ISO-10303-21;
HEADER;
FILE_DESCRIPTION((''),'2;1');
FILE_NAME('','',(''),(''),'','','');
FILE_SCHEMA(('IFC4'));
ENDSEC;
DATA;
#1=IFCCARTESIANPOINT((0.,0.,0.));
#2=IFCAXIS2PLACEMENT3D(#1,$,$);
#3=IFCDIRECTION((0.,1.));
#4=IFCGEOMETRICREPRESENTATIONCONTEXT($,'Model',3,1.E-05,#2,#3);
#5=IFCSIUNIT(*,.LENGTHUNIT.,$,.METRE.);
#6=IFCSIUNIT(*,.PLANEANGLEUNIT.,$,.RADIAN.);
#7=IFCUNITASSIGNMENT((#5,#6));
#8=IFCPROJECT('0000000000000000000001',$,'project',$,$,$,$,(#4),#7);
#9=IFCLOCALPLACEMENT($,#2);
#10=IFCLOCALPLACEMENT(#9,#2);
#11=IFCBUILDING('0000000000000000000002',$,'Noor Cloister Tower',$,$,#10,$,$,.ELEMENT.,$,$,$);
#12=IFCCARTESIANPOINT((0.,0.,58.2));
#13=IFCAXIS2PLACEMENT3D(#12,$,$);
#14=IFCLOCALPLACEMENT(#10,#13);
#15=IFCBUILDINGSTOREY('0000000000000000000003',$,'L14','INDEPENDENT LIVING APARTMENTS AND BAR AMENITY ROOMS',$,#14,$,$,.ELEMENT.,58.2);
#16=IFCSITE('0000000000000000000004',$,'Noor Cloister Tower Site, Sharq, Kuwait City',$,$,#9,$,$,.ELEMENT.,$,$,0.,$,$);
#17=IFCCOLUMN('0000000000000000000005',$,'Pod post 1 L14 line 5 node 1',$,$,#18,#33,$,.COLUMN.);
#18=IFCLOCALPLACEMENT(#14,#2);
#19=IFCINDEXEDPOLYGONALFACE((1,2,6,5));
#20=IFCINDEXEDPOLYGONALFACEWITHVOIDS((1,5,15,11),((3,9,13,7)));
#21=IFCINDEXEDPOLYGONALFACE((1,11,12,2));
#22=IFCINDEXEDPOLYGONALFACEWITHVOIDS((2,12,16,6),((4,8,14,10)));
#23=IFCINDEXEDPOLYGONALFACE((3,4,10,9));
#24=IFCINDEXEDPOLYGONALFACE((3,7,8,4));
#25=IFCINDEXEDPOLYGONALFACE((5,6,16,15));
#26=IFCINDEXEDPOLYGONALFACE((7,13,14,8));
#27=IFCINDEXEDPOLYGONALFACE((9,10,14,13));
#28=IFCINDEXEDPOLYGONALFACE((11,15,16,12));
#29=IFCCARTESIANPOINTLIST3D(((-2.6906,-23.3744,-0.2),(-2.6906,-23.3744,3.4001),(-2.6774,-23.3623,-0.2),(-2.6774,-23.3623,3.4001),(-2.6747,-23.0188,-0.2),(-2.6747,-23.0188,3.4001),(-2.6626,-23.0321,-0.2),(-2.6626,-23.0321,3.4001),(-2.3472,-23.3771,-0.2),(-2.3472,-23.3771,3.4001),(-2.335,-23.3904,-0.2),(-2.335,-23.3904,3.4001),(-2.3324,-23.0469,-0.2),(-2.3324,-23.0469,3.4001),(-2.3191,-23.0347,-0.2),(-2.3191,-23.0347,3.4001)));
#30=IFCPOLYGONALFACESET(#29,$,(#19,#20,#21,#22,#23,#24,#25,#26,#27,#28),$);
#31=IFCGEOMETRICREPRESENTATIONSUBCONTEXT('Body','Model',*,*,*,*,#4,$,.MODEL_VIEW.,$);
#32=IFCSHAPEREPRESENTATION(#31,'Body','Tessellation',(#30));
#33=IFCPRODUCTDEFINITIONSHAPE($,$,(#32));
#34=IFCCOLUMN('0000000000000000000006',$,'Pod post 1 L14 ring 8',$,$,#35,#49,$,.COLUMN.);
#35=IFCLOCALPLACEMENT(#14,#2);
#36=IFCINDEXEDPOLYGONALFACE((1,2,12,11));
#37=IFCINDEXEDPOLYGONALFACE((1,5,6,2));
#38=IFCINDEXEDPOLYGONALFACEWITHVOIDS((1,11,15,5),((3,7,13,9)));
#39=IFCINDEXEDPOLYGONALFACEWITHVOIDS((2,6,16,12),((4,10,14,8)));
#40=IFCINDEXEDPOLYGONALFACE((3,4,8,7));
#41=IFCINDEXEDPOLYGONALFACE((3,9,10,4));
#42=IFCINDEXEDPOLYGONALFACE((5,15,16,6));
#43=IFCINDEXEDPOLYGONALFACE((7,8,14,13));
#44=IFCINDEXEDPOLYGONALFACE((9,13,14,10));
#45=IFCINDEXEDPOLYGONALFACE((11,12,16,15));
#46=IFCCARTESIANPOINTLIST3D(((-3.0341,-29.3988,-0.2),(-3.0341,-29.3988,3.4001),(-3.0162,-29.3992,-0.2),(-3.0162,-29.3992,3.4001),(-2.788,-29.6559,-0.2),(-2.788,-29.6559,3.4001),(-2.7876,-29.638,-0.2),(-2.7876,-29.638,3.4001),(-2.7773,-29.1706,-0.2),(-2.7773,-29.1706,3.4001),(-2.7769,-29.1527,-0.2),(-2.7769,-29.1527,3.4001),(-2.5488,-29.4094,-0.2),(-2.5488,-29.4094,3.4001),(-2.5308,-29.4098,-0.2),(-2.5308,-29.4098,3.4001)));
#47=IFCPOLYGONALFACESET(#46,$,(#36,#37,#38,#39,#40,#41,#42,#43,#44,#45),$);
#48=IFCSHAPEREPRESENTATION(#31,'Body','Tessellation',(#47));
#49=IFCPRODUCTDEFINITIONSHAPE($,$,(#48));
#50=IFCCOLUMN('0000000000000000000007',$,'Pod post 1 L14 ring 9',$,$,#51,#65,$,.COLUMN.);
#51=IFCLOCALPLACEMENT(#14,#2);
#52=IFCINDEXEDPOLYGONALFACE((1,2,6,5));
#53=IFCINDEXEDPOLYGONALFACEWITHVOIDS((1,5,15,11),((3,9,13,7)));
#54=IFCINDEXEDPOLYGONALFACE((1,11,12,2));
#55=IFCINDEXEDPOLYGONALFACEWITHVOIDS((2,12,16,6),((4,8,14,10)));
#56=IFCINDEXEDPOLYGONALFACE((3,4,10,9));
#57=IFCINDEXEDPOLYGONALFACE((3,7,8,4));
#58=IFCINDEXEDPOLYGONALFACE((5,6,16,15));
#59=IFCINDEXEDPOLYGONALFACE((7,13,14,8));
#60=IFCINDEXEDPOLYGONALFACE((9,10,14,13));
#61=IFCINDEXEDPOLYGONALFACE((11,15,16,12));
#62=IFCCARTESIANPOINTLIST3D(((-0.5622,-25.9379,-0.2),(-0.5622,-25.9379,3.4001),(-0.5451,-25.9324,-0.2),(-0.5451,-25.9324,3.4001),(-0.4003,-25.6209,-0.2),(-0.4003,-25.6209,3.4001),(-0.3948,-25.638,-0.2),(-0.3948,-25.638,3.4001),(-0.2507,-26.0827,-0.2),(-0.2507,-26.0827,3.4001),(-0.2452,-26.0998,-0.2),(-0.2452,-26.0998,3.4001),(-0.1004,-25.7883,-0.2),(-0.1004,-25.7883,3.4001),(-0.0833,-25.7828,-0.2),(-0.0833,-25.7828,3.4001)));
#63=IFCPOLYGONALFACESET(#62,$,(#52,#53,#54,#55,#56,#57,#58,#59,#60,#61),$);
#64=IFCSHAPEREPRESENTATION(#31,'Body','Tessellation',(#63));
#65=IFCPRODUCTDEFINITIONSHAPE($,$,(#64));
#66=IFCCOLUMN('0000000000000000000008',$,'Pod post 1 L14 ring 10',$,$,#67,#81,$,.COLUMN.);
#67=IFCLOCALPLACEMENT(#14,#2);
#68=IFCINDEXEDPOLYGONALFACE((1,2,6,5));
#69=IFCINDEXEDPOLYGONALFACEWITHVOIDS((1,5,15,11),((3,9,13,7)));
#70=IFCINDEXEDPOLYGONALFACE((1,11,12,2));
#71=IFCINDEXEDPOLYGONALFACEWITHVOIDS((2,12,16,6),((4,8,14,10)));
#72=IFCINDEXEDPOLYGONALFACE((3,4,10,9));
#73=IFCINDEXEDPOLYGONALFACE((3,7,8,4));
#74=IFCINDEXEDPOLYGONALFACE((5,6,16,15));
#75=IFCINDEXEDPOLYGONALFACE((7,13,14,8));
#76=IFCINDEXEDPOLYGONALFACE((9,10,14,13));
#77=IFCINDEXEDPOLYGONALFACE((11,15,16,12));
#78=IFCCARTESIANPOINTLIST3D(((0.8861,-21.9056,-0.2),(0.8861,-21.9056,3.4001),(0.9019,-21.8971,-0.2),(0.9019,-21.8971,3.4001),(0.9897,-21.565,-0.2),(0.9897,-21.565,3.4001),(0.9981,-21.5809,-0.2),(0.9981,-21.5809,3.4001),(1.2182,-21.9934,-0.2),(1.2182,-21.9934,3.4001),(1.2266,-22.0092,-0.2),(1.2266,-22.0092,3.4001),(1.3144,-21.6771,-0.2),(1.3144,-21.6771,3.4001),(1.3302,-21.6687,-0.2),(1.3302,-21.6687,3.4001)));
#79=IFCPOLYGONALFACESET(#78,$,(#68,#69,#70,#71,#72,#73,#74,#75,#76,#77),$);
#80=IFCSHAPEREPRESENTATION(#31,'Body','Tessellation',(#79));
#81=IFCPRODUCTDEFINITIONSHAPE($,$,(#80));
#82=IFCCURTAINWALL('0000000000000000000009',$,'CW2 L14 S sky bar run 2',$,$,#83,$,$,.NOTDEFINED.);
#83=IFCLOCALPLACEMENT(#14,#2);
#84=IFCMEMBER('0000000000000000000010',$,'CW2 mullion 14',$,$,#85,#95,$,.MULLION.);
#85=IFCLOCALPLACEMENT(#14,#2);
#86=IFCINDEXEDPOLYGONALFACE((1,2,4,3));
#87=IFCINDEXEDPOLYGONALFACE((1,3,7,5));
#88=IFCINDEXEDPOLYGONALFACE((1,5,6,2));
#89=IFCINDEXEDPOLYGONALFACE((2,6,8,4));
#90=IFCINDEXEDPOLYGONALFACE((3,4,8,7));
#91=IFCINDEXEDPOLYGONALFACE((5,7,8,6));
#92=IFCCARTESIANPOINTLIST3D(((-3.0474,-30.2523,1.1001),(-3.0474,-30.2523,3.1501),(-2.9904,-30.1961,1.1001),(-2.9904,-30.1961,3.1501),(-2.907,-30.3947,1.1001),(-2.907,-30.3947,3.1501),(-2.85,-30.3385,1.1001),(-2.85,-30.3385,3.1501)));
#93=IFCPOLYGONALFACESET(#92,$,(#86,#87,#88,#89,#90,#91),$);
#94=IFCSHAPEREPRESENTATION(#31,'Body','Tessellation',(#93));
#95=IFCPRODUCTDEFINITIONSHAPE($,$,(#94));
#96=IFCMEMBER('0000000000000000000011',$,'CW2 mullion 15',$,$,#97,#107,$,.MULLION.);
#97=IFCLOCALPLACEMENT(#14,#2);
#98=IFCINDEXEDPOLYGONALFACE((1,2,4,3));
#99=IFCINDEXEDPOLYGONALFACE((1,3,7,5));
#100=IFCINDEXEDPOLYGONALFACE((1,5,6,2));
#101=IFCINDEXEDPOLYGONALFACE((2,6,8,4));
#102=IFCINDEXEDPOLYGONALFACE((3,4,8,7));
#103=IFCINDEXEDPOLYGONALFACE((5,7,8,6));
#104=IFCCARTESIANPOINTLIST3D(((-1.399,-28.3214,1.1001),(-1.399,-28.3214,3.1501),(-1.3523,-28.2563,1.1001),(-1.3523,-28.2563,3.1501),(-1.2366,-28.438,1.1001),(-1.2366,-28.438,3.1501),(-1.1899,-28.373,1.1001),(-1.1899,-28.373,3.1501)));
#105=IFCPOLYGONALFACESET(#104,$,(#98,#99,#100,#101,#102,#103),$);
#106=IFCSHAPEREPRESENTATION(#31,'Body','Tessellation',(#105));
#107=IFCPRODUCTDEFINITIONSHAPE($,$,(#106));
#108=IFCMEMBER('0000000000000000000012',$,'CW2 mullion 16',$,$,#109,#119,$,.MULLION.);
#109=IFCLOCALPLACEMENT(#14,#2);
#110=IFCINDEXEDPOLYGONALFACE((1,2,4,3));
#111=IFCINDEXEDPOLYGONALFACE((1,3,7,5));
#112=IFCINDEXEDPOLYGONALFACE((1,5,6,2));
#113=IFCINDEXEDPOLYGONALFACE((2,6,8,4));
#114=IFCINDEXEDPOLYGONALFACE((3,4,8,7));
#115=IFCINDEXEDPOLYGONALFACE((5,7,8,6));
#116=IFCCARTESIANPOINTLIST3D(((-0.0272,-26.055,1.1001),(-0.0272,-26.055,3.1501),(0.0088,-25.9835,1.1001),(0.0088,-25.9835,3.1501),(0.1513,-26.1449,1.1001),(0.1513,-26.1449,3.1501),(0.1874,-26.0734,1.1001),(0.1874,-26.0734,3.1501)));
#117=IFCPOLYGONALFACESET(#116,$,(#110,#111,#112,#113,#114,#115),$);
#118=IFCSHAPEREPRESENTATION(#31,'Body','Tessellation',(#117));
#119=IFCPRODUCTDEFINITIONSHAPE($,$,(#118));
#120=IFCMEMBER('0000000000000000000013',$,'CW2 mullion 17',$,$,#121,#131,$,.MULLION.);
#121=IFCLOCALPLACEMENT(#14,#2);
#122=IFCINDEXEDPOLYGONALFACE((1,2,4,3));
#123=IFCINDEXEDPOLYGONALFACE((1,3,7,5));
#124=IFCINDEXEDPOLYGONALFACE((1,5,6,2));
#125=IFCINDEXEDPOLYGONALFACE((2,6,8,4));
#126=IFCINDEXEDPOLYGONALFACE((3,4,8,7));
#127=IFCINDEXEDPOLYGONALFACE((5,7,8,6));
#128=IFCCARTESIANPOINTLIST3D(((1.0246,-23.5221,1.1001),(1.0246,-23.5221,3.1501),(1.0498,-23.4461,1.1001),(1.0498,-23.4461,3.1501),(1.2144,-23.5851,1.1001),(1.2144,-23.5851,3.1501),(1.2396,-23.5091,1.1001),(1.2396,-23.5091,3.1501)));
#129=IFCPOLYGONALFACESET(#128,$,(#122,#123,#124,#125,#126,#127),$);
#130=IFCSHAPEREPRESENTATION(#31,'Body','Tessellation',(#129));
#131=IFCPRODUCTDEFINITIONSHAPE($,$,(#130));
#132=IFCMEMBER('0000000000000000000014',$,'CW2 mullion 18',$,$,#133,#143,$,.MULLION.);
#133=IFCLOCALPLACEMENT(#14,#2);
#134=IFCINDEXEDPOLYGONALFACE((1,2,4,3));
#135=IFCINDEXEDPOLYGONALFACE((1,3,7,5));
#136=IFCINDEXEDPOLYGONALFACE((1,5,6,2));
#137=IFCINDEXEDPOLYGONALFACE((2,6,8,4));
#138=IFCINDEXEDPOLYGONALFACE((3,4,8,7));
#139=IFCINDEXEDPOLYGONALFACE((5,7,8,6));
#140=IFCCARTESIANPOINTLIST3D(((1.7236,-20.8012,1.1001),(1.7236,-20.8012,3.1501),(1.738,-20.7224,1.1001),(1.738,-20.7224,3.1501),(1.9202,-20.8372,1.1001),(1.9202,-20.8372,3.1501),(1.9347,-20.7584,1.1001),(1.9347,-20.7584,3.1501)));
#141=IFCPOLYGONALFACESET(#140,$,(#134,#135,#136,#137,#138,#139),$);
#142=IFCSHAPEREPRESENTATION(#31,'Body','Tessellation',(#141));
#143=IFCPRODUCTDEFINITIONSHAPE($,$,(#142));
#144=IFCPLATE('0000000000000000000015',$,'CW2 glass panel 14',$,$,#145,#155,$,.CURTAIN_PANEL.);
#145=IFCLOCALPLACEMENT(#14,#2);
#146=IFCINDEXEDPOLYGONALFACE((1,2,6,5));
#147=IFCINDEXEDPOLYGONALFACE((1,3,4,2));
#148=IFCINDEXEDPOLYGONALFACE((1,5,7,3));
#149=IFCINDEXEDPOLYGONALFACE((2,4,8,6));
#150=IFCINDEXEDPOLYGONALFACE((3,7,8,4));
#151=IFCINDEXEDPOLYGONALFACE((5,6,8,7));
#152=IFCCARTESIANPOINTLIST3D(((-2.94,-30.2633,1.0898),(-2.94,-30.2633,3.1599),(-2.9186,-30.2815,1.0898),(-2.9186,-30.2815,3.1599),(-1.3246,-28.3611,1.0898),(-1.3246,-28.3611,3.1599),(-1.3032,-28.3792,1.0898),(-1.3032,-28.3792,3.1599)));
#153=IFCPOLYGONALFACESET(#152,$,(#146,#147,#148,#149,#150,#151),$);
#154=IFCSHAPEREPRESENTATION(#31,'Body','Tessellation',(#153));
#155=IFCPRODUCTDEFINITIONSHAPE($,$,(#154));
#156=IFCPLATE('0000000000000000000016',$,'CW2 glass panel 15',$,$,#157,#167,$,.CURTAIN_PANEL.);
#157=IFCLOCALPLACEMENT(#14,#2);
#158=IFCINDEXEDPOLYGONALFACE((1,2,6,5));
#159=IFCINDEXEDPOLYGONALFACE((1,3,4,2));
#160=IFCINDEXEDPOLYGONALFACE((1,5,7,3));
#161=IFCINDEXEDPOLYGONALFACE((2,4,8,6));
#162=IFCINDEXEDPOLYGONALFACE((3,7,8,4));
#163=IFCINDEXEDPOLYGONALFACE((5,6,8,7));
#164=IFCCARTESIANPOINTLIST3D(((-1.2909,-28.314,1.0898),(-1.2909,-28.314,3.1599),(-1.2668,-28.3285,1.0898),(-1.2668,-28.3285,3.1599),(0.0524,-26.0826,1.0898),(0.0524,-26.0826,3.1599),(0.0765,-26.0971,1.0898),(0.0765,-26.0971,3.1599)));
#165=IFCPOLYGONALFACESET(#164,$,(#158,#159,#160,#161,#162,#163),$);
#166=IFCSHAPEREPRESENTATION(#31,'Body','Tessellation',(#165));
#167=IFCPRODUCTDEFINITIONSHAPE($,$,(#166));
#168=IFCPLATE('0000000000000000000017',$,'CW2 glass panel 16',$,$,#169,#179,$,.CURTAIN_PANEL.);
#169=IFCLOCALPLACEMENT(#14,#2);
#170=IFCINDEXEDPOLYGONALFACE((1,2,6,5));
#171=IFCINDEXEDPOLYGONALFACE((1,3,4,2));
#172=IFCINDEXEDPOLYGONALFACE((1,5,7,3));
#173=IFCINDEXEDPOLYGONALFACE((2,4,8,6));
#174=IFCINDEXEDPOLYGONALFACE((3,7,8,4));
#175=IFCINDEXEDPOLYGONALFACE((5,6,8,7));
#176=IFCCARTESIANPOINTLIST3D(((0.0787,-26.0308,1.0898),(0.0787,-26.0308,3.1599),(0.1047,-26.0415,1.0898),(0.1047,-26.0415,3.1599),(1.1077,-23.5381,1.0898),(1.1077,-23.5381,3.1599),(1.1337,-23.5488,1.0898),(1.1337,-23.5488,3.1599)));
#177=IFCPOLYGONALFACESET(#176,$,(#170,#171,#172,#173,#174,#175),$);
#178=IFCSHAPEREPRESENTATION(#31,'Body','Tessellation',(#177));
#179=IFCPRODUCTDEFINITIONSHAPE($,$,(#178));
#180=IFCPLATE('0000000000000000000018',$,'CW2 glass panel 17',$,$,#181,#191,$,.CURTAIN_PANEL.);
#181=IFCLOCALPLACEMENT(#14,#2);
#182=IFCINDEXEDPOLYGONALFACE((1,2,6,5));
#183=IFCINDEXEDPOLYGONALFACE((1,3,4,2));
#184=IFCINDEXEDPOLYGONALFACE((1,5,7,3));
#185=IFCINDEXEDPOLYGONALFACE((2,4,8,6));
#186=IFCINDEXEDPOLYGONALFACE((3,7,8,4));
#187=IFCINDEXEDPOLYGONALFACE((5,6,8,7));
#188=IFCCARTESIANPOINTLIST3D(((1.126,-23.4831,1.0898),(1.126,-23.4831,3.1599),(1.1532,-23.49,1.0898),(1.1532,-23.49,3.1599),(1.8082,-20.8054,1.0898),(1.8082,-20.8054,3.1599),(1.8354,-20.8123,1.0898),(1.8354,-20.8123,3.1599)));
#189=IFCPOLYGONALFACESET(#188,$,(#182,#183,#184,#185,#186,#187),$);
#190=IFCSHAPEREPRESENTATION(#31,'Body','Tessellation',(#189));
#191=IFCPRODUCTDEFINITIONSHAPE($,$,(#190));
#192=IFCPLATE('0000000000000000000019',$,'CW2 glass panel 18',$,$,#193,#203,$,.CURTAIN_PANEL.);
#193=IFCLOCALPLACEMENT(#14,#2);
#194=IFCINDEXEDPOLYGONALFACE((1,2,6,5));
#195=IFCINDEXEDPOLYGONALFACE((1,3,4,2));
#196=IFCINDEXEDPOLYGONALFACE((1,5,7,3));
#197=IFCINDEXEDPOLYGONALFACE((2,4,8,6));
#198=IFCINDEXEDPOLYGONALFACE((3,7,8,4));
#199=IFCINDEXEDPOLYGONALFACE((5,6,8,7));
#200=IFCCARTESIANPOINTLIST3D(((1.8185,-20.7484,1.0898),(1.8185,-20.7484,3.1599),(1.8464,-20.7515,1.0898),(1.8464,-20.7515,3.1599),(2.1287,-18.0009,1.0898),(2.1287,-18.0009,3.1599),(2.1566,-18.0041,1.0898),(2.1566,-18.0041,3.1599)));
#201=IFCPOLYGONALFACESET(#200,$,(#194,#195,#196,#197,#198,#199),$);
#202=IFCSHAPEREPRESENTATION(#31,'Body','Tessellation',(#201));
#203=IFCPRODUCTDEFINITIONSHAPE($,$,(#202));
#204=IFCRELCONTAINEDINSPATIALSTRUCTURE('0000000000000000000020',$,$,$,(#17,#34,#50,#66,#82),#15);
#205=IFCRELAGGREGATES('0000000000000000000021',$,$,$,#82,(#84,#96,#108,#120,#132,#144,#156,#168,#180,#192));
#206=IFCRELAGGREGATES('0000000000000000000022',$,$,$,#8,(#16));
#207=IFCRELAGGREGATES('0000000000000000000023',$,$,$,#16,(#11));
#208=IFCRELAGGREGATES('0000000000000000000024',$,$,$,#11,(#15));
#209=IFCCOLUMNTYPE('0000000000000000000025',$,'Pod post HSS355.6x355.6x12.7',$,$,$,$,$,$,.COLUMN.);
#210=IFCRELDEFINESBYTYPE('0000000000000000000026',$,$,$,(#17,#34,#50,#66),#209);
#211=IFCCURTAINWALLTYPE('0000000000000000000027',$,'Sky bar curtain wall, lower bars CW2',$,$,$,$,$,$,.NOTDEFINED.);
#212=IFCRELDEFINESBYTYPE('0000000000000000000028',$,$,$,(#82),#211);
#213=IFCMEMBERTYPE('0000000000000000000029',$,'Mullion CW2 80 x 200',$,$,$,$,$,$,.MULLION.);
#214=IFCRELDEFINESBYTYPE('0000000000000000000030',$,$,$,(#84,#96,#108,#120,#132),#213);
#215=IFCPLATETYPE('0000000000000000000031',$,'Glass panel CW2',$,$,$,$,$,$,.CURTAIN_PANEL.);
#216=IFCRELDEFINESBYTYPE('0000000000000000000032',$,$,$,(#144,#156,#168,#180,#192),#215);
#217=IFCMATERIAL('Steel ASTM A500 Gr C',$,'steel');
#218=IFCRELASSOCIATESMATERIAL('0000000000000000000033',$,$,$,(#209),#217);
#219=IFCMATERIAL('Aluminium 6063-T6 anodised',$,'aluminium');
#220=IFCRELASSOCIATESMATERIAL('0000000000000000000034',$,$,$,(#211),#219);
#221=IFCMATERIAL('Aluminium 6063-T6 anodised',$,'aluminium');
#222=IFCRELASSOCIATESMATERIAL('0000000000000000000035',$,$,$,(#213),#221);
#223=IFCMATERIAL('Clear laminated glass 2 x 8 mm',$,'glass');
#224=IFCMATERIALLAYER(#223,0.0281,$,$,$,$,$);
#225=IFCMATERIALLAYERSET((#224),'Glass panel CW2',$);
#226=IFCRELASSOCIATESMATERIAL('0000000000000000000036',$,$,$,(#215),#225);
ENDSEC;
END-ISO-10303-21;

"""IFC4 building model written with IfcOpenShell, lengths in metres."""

from ifc_helpers import new_model, si_unit, direction, frame, origin, origin_2d, place, context, subcontext, project, spatial, rectangle, hollow_rectangle, extrude, material, layer, layer_set, material_profile, profile_set, type_object, element, aggregate, save


model = new_model("IFC4")

# Units and contexts
model_context = context("Model", 3, precision=1e-05, world=origin(), true_north=direction((0.0, 1.0)))
body_context = subcontext(model_context, "Body", "Model", "MODEL_VIEW")
ifc_project = project(units=[si_unit("LENGTHUNIT", "METRE"), si_unit("PLANEANGLEUNIT", "RADIAN")], contexts=[model_context])

# Site, building, storey
site_placement = place(None, origin())
site = spatial("IfcSite", under=ifc_project, at=site_placement, Name="Noor Cloister Tower Site, Sharq, Kuwait City", CompositionType="ELEMENT", RefElevation=0.0)
building_placement = place(site_placement, origin())
building = spatial("IfcBuilding", under=site, at=building_placement, Name="Noor Cloister Tower", CompositionType="ELEMENT")
storey_placement = place(building_placement, frame((0.0, 0.0, 58.2)))
storey = spatial("IfcBuildingStorey", under=building, at=storey_placement, Name="L14", Description="INDEPENDENT LIVING APARTMENTS AND BAR AMENITY ROOMS", CompositionType="ELEMENT", Elevation=58.2)

# Columns
ifc_material_1 = material(Name="Steel ASTM A500 Gr C", Category="steel")
ifc_material_profile_1 = material_profile(ifc_material_1, hollow_rectangle(XDim=0.356, YDim=0.356, WallThickness=0.0127, at=origin_2d()), Name="HSS355.6x355.6x12.7")
ifc_profile_set_1 = profile_set([ifc_material_profile_1], Name="Steel ASTM A500 Gr C")
column_type = type_object("IfcColumnType", Name="Pod post HSS355.6x355.6x12.7", PredefinedType="COLUMN", material=ifc_profile_set_1)
for number, where, z_axis, x_axis, name in (
    (1, (-2.5049, -23.2046, -0.2), (0.0, 0.0, 1.0), (-0.044724, -0.998999, 0.0), "Pod post 1 L14 line 5 node 1"),
    (2, (-2.7825, -29.4043, -0.2), (0.0, 0.0, 1.0), (0.722457, 0.691416, 0.0), "Pod post 1 L14 ring 8"),
    (3, (-0.3228, -25.8604, -0.2), (0.0, 0.0, 1.0), (0.454861, 0.890563, 0.0), "Pod post 1 L14 ring 9"),
    (4, (1.1082, -21.7871, -0.2), (0.0, 0.0, 1.0), (0.29113, 0.956684, 0.0), "Pod post 1 L14 ring 10"),
):
    element("IfcColumn", number, at=place(storey_placement, frame(where, z_axis=z_axis, x_axis=x_axis)), inside=storey, type_object=column_type, Name=name, PredefinedType="COLUMN", context=body_context, shape_type="SweptSolid", body=[
        extrude(hollow_rectangle(XDim=0.356, YDim=0.356, WallThickness=0.0127, at=origin_2d()), origin(), (0.0, 0.0, 1.0), 3.6001),
    ])

# Curtain wall, members, plates
ifc_material_2 = material(Name="Aluminium 6063-T6 anodised", Category="aluminium")
curtain_wall_type = type_object("IfcCurtainWallType", Name="Sky bar curtain wall, lower bars CW2", PredefinedType="NOTDEFINED", material=ifc_material_2)
curtain_wall_placement = place(storey_placement, origin())
curtain_wall = element("IfcCurtainWall", 5, at=curtain_wall_placement, inside=storey, type_object=curtain_wall_type, Name="CW2 L14 S sky bar run 2", PredefinedType="NOTDEFINED")
ifc_material_3 = material(Name="Aluminium 6063-T6 anodised", Category="aluminium")
ifc_material_profile_2 = material_profile(ifc_material_3, rectangle(XDim=0.2, YDim=0.0801, at=origin_2d()), Name="200 x 80 mullion")
ifc_profile_set_2 = profile_set([ifc_material_profile_2], Name="Aluminium 6063-T6 anodised")
member_type = type_object("IfcMemberType", Name="Mullion CW2 80 x 200", PredefinedType="MULLION", material=ifc_profile_set_2)
member_1_placement = place(storey_placement, frame((-2.9487, -30.2954, 1.1001), z_axis=(0.0, 0.0, 1.0), x_axis=(-0.702153, 0.712026, 0.0)))
member_1 = element("IfcMember", 6, at=member_1_placement, type_object=member_type, Name="CW2 mullion 14", PredefinedType="MULLION", context=body_context, shape_type="SweptSolid", body=[
    extrude(rectangle(XDim=0.2, YDim=0.0801, at=origin_2d()), origin(), (0.0, 0.0, 1.0), 2.05),
])
member_2_placement = place(storey_placement, frame((-1.2944, -28.3472, 1.1001), z_axis=(0.0, 0.0, 1.0), x_axis=(-0.81216, 0.583435, 0.0)))
member_2 = element("IfcMember", 7, at=member_2_placement, type_object=member_type, Name="CW2 mullion 15", PredefinedType="MULLION", context=body_context, shape_type="SweptSolid", body=[
    extrude(rectangle(XDim=0.2, YDim=0.0801, at=origin_2d()), origin(), (0.0, 0.0, 1.0), 2.05),
])
member_3_placement = place(storey_placement, frame((0.0801, -26.0642, 1.1001), z_axis=(0.0, 0.0, 1.0), x_axis=(-0.89306, 0.449937, 0.0)))
member_3 = element("IfcMember", 8, at=member_3_placement, type_object=member_type, Name="CW2 mullion 16", PredefinedType="MULLION", context=body_context, shape_type="SweptSolid", body=[
    extrude(rectangle(XDim=0.2, YDim=0.0801, at=origin_2d()), origin(), (0.0, 0.0, 1.0), 2.05),
])
member_4_placement = place(storey_placement, frame((1.1321, -23.5156, 1.1001), z_axis=(0.0, 0.0, 1.0), x_axis=(-0.949083, 0.315026, 0.0)))
member_4 = element("IfcMember", 9, at=member_4_placement, type_object=member_type, Name="CW2 mullion 17", PredefinedType="MULLION", context=body_context, shape_type="SweptSolid", body=[
    extrude(rectangle(XDim=0.2, YDim=0.0801, at=origin_2d()), origin(), (0.0, 0.0, 1.0), 2.05),
])
member_5_placement = place(storey_placement, frame((1.8291, -20.7798, 1.1001), z_axis=(0.0, 0.0, 1.0), x_axis=(-0.983673, 0.179967, 0.0)))
member_5 = element("IfcMember", 10, at=member_5_placement, type_object=member_type, Name="CW2 mullion 18", PredefinedType="MULLION", context=body_context, shape_type="SweptSolid", body=[
    extrude(rectangle(XDim=0.2, YDim=0.0801, at=origin_2d()), origin(), (0.0, 0.0, 1.0), 2.05),
])
ifc_material_4 = material(Name="Clear laminated glass 2 x 8 mm", Category="glass")
ifc_layer_1 = layer(ifc_material_4, 0.0281)
ifc_layer_set_1 = layer_set([ifc_layer_1], Name="Glass panel CW2")
plate_type = type_object("IfcPlateType", Name="Glass panel CW2", PredefinedType="CURTAIN_PANEL", material=ifc_layer_set_1)
plate_1_placement = place(storey_placement, frame((-2.1216, -29.3213, 1.0898), z_axis=(0.0, 0.0, 1.0), x_axis=(0.647278, 0.762254, 0.0)))
plate_1 = element("IfcPlate", 11, at=plate_1_placement, type_object=plate_type, Name="CW2 glass panel 14", PredefinedType="CURTAIN_PANEL", context=body_context, shape_type="SweptSolid", body=[
    extrude(rectangle(XDim=2.4956, YDim=0.0281, at=origin_2d()), origin(), (0.0, 0.0, 1.0), 2.0701),
])
plate_2_placement = place(storey_placement, frame((-0.6072, -27.2056, 1.0898), z_axis=(0.0, 0.0, 1.0), x_axis=(0.51576, 0.856733, 0.0)))
plate_2 = element("IfcPlate", 12, at=plate_2_placement, type_object=plate_type, Name="CW2 glass panel 15", PredefinedType="CURTAIN_PANEL", context=body_context, shape_type="SweptSolid", body=[
    extrude(rectangle(XDim=2.6045, YDim=0.0281, at=origin_2d()), origin(), (0.0, 0.0, 1.0), 2.0701),
])
plate_3_placement = place(storey_placement, frame((0.6062, -24.7898, 1.0898), z_axis=(0.0, 0.0, 1.0), x_axis=(0.381572, 0.924339, 0.0)))
plate_3 = element("IfcPlate", 13, at=plate_3_placement, type_object=plate_type, Name="CW2 glass panel 16", PredefinedType="CURTAIN_PANEL", context=body_context, shape_type="SweptSolid", body=[
    extrude(rectangle(XDim=2.6968, YDim=0.0281, at=origin_2d()), origin(), (0.0, 0.0, 1.0), 2.0701),
])
plate_4_placement = place(storey_placement, frame((1.4807, -22.1477, 1.0898), z_axis=(0.0, 0.0, 1.0), x_axis=(0.246893, 0.969043, 0.0)))
plate_4 = element("IfcPlate", 14, at=plate_4_placement, type_object=plate_type, Name="CW2 glass panel 17", PredefinedType="CURTAIN_PANEL", context=body_context, shape_type="SweptSolid", body=[
    extrude(rectangle(XDim=2.7632, YDim=0.0281, at=origin_2d()), origin(), (0.0, 0.0, 1.0), 2.0701),
])
plate_5_placement = place(storey_placement, frame((1.9875, -19.3762, 1.0898), z_axis=(0.0, 0.0, 1.0), x_axis=(0.112197, 0.993686, 0.0)))
plate_5 = element("IfcPlate", 15, at=plate_5_placement, type_object=plate_type, Name="CW2 glass panel 18", PredefinedType="CURTAIN_PANEL", context=body_context, shape_type="SweptSolid", body=[
    extrude(rectangle(XDim=2.7649, YDim=0.0281, at=origin_2d()), origin(), (0.0, 0.0, 1.0), 2.0701),
])
aggregate(curtain_wall, [member_1, member_2, member_3, member_4, member_5, plate_1, plate_2, plate_3, plate_4, plate_5])

save(model, "model.ifc")
